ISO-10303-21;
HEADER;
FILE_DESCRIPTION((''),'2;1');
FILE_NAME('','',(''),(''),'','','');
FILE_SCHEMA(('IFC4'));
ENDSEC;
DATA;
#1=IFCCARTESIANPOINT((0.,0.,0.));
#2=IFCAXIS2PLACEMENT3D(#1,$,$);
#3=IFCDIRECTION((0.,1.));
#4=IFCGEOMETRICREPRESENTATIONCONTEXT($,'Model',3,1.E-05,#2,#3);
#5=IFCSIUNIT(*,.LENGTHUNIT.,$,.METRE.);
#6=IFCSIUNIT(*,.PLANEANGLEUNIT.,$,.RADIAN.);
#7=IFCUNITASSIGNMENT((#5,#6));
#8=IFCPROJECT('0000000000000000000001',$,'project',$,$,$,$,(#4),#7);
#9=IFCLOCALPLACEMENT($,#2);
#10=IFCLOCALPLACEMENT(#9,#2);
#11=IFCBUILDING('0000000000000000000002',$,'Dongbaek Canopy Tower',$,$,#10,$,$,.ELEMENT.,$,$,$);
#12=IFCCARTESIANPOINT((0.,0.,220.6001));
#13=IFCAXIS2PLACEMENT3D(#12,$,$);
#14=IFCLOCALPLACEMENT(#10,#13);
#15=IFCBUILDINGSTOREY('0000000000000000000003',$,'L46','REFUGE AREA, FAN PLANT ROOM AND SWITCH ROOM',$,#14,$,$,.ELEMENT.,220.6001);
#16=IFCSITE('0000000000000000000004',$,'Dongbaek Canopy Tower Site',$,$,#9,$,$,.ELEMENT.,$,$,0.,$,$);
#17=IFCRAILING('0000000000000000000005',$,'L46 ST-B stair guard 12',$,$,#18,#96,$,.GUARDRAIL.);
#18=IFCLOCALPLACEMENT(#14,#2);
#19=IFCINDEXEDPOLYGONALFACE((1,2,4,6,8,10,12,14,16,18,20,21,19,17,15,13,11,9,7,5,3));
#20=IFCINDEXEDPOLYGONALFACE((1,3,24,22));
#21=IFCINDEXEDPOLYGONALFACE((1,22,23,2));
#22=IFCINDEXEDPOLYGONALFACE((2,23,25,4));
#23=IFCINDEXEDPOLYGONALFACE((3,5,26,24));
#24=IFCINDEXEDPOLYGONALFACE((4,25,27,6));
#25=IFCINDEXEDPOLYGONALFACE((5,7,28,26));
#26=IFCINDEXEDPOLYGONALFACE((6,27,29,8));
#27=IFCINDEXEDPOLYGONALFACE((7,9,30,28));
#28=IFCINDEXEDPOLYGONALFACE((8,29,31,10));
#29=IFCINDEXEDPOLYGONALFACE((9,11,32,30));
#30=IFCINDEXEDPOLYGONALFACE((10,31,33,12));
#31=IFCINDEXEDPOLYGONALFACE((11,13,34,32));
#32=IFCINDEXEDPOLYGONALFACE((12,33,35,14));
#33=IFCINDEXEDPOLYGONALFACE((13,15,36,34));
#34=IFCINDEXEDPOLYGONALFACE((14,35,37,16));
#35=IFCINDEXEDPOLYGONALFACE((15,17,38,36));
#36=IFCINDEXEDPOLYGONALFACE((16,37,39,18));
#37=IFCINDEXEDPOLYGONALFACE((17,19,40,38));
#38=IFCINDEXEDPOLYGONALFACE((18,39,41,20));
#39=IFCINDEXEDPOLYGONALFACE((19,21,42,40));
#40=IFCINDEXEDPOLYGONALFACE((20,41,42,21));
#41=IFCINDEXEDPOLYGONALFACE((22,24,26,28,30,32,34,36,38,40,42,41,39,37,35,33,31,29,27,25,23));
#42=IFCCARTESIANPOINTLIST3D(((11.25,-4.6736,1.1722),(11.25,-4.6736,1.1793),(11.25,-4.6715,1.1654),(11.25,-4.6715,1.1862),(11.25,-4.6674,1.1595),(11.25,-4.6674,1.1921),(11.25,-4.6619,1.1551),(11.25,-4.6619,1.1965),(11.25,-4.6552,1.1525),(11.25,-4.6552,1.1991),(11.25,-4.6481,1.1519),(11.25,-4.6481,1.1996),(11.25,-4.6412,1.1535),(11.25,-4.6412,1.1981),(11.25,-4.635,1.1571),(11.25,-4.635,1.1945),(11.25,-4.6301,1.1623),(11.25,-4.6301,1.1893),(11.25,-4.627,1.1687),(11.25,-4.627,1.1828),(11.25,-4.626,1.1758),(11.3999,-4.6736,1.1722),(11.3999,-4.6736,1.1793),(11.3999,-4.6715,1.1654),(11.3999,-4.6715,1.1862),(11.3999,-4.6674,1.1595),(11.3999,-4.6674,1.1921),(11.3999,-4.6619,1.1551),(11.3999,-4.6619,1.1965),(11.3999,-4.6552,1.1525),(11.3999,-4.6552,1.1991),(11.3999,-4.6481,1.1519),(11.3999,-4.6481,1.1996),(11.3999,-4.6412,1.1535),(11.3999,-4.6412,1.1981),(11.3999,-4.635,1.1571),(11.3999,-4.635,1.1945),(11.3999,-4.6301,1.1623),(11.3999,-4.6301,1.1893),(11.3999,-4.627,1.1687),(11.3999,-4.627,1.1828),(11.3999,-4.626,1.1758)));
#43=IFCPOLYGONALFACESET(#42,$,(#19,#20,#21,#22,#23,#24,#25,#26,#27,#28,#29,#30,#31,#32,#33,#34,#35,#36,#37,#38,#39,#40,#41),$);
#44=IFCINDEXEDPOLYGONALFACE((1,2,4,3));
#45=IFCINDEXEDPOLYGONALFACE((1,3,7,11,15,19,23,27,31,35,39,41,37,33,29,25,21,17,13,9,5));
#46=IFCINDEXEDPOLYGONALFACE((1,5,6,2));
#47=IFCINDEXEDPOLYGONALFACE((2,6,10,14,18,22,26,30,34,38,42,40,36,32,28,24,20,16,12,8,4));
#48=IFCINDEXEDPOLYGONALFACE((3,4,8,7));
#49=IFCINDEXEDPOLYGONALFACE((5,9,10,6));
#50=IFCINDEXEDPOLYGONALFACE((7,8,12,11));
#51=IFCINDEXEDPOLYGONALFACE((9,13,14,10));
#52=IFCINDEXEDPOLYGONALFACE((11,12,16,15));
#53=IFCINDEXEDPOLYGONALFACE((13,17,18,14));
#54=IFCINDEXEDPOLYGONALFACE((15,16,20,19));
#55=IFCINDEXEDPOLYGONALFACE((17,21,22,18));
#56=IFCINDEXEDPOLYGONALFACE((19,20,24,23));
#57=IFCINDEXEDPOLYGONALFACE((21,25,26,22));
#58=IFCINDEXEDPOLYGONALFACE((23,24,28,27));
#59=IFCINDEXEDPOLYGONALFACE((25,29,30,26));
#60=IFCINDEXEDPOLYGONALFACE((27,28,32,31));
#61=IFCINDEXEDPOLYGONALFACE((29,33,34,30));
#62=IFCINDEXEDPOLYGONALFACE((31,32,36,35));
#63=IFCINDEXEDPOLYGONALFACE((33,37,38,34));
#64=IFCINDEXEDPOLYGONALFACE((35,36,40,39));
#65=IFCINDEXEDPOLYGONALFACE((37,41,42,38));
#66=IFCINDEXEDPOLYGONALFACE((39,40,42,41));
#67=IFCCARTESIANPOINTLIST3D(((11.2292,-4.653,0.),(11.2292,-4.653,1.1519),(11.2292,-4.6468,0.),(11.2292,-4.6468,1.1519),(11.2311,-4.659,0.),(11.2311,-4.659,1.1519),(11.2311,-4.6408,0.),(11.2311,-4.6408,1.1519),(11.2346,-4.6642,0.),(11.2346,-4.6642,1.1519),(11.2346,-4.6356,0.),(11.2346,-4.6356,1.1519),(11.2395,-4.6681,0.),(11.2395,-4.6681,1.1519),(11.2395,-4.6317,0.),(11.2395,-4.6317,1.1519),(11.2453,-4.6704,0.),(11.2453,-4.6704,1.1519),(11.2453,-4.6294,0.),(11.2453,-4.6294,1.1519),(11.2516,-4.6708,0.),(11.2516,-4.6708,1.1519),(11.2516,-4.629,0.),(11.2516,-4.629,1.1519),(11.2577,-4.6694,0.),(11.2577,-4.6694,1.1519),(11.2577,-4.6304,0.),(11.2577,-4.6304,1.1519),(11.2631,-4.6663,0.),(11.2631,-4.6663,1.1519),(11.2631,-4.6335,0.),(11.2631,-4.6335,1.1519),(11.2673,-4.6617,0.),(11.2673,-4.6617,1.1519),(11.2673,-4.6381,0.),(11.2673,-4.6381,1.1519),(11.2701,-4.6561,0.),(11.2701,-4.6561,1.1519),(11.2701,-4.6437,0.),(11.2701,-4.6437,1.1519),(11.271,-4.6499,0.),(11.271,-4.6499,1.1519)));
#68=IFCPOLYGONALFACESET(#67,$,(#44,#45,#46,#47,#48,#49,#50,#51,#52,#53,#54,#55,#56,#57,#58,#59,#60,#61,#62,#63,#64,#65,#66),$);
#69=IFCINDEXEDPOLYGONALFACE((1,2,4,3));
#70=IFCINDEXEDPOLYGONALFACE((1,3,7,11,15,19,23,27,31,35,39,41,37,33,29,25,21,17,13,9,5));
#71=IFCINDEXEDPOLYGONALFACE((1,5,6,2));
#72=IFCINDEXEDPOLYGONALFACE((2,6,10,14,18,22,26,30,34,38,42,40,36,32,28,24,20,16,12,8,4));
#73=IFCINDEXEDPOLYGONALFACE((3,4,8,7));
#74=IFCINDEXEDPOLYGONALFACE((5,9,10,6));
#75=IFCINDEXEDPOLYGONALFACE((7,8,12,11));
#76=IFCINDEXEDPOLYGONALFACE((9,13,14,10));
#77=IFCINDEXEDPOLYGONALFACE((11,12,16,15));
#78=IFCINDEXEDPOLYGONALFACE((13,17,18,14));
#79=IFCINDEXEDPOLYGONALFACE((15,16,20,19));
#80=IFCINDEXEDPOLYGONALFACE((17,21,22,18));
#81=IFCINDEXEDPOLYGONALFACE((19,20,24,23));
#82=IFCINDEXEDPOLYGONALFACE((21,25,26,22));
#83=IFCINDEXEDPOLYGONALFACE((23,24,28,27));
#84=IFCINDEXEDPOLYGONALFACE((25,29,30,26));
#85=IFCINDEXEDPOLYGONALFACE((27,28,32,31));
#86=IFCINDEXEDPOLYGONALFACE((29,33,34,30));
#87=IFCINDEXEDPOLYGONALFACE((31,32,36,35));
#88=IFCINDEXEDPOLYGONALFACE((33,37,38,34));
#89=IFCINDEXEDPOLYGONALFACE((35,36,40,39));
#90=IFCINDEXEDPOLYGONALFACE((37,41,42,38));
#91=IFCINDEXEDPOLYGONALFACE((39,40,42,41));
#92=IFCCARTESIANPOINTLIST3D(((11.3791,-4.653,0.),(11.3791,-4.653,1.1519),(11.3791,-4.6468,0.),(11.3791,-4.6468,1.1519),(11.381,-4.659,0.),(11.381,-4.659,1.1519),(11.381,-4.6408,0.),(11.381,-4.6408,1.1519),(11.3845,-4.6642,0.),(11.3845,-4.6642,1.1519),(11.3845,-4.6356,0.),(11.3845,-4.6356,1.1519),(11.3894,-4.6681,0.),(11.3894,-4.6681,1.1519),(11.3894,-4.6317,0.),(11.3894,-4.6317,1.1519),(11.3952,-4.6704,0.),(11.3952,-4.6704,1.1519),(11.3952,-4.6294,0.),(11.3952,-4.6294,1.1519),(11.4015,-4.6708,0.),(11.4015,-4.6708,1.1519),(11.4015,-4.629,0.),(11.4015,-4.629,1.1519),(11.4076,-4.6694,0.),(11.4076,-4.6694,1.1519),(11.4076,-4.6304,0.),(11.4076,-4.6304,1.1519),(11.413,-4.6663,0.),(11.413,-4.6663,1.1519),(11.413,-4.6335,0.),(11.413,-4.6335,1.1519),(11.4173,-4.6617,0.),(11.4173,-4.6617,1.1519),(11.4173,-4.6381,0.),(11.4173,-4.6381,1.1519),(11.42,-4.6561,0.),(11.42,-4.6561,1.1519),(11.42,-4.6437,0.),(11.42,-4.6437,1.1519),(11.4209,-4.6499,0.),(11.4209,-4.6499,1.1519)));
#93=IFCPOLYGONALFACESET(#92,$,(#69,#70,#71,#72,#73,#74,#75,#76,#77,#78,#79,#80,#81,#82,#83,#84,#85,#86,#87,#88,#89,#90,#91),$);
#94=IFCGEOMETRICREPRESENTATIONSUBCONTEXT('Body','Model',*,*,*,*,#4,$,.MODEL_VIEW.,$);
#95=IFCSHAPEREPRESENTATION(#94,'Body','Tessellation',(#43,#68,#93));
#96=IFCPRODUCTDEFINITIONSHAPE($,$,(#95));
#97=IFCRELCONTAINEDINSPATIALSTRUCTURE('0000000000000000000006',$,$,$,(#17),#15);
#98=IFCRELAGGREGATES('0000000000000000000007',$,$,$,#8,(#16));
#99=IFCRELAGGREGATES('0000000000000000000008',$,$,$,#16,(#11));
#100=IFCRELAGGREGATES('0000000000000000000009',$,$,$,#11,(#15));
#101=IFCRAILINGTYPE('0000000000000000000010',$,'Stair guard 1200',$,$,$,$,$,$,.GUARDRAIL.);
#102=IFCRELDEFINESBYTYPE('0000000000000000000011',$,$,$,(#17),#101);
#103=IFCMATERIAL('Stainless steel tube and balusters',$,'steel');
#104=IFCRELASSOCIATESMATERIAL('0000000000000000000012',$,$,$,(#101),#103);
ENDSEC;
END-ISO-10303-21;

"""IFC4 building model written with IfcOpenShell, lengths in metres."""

from ifc_helpers import new_model, si_unit, direction, frame, origin, origin_2d, place, context, subcontext, project, spatial, circle, extrude, material, type_object, element, save


model = new_model("IFC4")

# Units and contexts
model_context = context("Model", 3, precision=1e-05, world=origin(), true_north=direction((0.0, 1.0)))
body_context = subcontext(model_context, "Body", "Model", "MODEL_VIEW")
ifc_project = project(units=[si_unit("LENGTHUNIT", "METRE"), si_unit("PLANEANGLEUNIT", "RADIAN")], contexts=[model_context])

# Site, building, storey
site_placement = place(None, origin())
site = spatial("IfcSite", under=ifc_project, at=site_placement, Name="Dongbaek Canopy Tower Site", CompositionType="ELEMENT", RefElevation=0.0)
building_placement = place(site_placement, origin())
building = spatial("IfcBuilding", under=site, at=building_placement, Name="Dongbaek Canopy Tower", CompositionType="ELEMENT")
storey_placement = place(building_placement, frame((0.0, 0.0, 220.6001)))
storey = spatial("IfcBuildingStorey", under=building, at=storey_placement, Name="L46", Description="REFUGE AREA, FAN PLANT ROOM AND SWITCH ROOM", CompositionType="ELEMENT", Elevation=220.6001)

# Railing
ifc_material_1 = material(Name="Stainless steel tube and balusters", Category="steel")
railing_type_1 = type_object("IfcRailingType", Name="Stair guard 1200", PredefinedType="GUARDRAIL", material=ifc_material_1)
railing_1_placement = place(storey_placement, frame((11.25, -4.6499, 0.0)))
element("IfcRailing", 1, at=railing_1_placement, inside=storey, type_object=railing_type_1, Name="L46 ST-B stair guard 12", PredefinedType="GUARDRAIL", context=body_context, shape_type="SweptSolid", body=[
    extrude(circle(Radius=0.0239, at=origin_2d()), frame((0.0, 0.0, 1.1758), z_axis=(1.0, 0.0, 0.0), x_axis=(0.0, 1.0, 0.0)), (0.0, 0.0, 1.0), 0.1499),
    extrude(circle(Radius=0.021, at=origin_2d()), origin(), (0.0, 0.0, 1.0), 1.1519),
    extrude(circle(Radius=0.021, at=origin_2d()), frame((0.1499, 0.0, 0.0)), (0.0, 0.0, 1.0), 1.1519),
])

save(model, "model.ifc")
